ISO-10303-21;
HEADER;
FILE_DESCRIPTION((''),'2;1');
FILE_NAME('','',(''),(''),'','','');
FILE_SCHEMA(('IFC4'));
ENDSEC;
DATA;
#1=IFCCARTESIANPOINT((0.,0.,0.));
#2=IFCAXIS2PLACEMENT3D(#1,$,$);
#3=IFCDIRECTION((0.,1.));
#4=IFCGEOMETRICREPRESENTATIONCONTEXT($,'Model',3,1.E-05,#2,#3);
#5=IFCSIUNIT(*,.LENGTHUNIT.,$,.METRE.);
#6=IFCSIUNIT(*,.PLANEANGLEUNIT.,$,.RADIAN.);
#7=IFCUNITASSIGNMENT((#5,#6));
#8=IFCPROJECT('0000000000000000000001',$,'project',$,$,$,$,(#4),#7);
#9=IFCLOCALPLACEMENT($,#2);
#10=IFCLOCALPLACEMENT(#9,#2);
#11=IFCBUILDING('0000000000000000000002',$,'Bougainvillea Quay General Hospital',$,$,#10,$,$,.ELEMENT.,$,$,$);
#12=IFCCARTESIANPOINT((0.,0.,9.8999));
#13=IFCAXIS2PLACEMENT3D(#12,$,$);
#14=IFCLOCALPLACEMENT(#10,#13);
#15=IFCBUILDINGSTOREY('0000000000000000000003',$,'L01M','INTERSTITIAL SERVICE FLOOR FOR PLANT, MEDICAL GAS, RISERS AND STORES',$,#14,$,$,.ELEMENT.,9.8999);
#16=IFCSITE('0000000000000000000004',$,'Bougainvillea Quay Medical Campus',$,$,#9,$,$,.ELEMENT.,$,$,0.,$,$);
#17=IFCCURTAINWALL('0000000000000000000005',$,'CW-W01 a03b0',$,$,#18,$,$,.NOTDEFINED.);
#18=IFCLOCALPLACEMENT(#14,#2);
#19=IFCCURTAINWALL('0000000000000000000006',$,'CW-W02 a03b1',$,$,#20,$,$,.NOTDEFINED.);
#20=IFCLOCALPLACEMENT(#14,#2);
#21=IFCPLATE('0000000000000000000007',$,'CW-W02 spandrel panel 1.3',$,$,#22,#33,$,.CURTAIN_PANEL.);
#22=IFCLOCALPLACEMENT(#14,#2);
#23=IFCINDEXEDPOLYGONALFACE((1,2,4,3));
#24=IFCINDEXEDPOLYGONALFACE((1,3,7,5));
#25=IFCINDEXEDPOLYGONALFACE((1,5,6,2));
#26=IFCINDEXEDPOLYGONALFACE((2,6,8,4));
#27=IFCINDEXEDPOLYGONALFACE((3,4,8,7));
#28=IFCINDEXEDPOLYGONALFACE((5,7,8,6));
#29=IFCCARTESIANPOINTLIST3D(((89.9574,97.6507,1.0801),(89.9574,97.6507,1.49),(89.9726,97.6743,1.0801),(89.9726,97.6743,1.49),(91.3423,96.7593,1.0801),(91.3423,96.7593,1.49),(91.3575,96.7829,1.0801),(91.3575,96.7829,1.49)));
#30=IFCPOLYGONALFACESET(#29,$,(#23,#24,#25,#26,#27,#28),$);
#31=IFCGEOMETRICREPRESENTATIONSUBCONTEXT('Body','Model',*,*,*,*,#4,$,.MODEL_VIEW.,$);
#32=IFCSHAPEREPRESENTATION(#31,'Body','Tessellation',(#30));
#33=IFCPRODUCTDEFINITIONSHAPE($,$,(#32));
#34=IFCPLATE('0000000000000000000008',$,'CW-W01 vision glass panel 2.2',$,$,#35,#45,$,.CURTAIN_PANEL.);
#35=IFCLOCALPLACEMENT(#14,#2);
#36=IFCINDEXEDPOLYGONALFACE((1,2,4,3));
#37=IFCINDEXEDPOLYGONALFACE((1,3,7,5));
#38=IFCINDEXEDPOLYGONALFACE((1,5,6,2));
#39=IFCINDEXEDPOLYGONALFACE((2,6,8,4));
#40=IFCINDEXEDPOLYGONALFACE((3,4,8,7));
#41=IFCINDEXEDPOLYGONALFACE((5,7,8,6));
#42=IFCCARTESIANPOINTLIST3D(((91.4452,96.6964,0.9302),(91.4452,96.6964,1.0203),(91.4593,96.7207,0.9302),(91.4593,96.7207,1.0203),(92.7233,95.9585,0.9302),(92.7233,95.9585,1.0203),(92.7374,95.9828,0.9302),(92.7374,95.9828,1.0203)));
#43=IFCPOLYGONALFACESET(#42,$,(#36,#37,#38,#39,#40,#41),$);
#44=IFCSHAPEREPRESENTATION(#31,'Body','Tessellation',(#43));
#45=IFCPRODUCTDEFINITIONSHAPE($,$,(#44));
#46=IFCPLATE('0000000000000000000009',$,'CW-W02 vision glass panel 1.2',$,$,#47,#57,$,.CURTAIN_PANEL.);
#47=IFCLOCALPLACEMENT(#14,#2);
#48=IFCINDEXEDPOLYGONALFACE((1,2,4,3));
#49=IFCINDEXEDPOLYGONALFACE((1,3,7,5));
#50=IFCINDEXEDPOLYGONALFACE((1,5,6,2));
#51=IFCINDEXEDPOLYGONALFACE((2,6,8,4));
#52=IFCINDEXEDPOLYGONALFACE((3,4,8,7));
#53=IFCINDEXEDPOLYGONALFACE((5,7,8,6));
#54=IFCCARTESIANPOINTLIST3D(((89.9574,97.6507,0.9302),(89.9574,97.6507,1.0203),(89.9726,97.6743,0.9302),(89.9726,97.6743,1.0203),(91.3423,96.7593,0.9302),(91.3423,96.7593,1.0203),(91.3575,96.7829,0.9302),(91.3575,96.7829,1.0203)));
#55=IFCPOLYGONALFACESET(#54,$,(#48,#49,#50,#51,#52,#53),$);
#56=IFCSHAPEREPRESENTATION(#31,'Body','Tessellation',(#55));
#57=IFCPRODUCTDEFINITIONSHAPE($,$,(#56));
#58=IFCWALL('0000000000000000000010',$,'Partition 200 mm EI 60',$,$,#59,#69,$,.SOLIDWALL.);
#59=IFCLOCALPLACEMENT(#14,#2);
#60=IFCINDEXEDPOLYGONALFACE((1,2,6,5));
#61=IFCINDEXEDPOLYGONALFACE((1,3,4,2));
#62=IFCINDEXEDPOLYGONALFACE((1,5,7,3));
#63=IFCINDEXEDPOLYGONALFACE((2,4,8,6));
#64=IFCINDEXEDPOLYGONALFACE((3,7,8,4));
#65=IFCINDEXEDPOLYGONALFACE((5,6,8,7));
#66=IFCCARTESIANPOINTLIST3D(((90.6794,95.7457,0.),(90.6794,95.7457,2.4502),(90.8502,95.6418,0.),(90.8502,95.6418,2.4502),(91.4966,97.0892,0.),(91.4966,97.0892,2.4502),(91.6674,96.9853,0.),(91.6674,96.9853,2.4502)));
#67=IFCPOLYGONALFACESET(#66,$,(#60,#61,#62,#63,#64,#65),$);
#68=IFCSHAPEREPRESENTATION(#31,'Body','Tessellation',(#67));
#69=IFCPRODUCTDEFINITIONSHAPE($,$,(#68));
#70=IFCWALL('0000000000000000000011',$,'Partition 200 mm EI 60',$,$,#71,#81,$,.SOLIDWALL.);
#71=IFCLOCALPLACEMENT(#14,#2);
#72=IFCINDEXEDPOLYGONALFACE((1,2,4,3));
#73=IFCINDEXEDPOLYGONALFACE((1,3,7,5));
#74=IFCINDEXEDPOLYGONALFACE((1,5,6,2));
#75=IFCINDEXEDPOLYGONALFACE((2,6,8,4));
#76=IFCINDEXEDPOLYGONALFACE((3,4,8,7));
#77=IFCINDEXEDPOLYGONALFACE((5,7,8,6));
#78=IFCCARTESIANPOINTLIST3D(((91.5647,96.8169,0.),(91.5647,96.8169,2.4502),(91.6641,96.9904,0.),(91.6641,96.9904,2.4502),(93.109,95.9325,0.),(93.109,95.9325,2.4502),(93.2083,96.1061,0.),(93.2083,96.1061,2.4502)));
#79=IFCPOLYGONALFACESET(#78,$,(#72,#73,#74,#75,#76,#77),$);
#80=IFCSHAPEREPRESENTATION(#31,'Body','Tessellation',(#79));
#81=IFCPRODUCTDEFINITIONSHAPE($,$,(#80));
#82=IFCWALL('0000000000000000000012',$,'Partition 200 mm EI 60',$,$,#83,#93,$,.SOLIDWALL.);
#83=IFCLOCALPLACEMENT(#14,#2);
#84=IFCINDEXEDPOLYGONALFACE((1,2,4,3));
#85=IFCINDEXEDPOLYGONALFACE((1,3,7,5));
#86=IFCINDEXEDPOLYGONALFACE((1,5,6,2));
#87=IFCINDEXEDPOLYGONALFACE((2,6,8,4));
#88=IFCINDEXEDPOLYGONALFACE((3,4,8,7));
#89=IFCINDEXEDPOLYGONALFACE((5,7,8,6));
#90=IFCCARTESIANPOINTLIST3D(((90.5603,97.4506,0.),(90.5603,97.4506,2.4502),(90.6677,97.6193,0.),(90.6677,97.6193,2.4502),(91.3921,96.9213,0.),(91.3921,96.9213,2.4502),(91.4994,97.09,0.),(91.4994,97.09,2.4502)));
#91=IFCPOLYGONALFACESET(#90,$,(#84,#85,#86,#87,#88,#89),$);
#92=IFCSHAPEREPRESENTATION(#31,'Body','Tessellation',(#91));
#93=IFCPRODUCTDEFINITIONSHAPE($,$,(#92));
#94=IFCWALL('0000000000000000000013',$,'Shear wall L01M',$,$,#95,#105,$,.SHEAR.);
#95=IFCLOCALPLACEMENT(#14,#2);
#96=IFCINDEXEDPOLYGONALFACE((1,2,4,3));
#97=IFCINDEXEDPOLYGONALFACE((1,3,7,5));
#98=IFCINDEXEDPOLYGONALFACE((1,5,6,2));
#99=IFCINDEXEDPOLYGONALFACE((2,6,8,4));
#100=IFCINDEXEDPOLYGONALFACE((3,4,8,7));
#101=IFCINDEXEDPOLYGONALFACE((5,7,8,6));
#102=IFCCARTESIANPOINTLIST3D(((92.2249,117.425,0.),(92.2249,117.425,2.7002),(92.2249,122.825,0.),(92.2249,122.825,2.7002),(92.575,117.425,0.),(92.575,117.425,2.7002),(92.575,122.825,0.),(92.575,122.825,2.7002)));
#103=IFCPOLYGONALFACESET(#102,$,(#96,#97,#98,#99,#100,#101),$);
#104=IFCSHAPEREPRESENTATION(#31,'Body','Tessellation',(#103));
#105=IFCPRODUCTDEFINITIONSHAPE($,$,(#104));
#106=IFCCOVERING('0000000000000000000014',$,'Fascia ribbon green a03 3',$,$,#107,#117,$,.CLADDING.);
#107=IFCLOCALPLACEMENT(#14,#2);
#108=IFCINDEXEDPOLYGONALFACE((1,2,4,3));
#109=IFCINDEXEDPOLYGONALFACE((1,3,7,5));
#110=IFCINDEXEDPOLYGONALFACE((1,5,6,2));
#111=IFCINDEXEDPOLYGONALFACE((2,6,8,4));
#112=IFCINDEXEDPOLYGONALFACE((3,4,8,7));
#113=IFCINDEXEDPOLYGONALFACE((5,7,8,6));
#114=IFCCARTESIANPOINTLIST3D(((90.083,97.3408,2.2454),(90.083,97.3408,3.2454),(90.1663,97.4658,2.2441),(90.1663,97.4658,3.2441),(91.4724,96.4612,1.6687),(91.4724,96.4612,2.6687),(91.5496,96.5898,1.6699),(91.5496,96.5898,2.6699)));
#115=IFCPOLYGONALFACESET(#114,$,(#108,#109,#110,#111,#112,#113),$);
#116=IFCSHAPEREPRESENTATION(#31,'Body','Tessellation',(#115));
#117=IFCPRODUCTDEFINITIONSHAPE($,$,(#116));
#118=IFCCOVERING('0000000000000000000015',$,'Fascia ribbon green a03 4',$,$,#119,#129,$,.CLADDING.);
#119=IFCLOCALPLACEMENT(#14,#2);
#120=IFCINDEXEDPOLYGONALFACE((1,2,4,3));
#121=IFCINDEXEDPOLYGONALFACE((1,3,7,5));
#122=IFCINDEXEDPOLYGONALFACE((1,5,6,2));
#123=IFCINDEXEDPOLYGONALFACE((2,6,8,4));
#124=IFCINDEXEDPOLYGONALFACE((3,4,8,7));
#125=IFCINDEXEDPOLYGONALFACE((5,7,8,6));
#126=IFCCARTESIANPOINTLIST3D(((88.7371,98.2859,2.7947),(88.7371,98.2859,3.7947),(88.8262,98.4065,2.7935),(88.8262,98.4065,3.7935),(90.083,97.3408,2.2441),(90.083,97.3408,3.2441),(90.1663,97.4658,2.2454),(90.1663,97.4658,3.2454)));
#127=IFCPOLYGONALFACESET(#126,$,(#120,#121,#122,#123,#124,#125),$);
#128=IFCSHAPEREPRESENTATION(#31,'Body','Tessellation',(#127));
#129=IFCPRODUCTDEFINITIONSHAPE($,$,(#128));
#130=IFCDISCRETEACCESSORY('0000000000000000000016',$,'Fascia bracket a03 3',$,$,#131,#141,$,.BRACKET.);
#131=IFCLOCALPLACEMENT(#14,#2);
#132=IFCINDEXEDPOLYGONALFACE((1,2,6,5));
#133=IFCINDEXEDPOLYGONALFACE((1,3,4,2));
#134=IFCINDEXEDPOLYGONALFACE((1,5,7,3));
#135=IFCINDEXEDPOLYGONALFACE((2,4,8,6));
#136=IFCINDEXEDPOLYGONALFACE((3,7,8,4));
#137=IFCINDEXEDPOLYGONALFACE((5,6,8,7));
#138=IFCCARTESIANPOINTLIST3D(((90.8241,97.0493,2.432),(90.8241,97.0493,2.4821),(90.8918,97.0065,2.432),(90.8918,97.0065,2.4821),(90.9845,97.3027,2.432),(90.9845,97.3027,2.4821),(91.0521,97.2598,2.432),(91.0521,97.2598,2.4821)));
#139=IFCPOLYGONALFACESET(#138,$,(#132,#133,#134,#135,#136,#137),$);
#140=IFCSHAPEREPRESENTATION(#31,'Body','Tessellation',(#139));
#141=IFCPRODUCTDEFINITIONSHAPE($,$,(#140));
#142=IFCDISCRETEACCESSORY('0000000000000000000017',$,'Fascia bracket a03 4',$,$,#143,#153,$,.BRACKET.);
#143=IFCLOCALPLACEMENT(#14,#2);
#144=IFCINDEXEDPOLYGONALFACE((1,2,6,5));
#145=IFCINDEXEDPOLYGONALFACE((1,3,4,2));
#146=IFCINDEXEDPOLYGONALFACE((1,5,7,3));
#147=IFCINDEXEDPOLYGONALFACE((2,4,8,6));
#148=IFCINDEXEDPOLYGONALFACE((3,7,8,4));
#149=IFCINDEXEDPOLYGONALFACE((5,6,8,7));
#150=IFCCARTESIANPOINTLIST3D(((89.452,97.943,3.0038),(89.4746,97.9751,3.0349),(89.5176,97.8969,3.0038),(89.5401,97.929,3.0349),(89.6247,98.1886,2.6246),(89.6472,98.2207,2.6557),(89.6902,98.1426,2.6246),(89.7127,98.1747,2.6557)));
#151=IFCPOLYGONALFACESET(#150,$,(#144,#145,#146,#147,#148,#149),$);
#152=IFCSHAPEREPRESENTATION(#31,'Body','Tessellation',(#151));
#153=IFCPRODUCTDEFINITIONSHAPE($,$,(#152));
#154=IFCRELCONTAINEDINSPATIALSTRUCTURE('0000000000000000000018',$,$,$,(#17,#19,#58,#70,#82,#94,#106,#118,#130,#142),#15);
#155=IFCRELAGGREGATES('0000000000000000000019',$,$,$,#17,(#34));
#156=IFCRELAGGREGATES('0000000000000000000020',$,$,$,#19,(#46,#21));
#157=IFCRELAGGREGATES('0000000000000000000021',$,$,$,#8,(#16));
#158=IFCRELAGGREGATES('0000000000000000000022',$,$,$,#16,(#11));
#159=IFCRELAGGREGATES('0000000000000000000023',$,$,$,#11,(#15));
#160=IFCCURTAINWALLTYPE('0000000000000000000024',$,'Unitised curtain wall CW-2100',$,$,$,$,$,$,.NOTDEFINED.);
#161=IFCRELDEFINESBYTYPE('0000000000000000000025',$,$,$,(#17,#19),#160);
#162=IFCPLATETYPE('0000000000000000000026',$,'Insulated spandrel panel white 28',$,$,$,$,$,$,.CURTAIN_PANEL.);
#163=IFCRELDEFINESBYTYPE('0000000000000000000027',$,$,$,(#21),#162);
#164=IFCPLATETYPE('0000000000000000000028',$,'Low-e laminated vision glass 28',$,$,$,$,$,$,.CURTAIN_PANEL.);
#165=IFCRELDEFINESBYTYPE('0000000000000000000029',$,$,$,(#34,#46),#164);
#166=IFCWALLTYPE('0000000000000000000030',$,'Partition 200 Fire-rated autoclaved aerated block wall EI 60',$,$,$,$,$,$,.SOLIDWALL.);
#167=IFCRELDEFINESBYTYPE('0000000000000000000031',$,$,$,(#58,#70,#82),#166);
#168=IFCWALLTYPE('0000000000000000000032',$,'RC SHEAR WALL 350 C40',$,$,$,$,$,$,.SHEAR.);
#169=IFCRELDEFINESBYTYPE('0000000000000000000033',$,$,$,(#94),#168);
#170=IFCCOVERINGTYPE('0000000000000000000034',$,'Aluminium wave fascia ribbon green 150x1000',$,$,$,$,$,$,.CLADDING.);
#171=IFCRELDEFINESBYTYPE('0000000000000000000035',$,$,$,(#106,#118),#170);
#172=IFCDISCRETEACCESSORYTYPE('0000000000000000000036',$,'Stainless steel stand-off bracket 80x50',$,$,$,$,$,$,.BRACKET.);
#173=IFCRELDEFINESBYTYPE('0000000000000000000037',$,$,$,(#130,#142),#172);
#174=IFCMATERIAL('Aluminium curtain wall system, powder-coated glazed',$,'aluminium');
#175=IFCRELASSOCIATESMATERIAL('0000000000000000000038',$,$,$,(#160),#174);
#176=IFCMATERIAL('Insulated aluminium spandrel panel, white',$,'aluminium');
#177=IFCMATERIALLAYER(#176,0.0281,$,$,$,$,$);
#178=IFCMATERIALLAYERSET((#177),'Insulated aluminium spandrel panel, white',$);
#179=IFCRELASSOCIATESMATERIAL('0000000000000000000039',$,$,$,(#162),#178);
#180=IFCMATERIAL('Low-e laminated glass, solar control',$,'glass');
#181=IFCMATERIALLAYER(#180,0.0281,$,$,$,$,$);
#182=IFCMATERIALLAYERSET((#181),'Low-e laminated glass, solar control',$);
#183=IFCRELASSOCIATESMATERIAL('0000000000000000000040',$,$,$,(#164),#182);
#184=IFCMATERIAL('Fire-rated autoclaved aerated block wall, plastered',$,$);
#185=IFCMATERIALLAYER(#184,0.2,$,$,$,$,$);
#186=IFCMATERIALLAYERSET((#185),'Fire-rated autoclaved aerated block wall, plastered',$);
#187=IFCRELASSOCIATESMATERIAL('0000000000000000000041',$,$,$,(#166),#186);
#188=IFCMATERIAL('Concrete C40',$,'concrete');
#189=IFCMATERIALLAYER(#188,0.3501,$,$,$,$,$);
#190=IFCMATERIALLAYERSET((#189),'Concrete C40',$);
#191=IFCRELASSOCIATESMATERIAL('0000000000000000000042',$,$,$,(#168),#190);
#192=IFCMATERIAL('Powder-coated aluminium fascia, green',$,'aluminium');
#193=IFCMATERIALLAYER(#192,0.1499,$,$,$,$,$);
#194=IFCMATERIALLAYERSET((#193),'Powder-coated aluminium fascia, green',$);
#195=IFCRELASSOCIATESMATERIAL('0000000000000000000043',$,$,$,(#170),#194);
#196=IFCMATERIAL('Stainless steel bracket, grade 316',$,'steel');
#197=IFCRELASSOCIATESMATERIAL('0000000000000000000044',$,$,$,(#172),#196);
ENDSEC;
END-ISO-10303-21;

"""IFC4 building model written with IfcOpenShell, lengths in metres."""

from ifc_helpers import new_model, si_unit, direction, frame, frame_2d, origin, origin_2d, place, context, subcontext, project, spatial, polyline, rectangle, outline, extrude, material, layer, layer_set, material_profile, profile_set, type_object, element, aggregate, save


model = new_model("IFC4")

# Units and contexts
model_context = context("Model", 3, precision=1e-05, world=origin(), true_north=direction((0.0, 1.0)))
body_context = subcontext(model_context, "Body", "Model", "MODEL_VIEW")
ifc_project = project(units=[si_unit("LENGTHUNIT", "METRE"), si_unit("PLANEANGLEUNIT", "RADIAN")], contexts=[model_context])

# Site, building, storey
site_placement = place(None, origin())
site = spatial("IfcSite", under=ifc_project, at=site_placement, Name="Bougainvillea Quay Medical Campus", CompositionType="ELEMENT", RefElevation=0.0)
building_placement = place(site_placement, origin())
building = spatial("IfcBuilding", under=site, at=building_placement, Name="Bougainvillea Quay General Hospital", CompositionType="ELEMENT")
storey_placement = place(building_placement, frame((0.0, 0.0, 9.8999)))
storey = spatial("IfcBuildingStorey", under=building, at=storey_placement, Name="L01M", Description="INTERSTITIAL SERVICE FLOOR FOR PLANT, MEDICAL GAS, RISERS AND STORES", CompositionType="ELEMENT", Elevation=9.8999)

# Curtain wall
ifc_material_1 = material(Name="Aluminium curtain wall system, powder-coated glazed", Category="aluminium")
curtain_wall_type = type_object("IfcCurtainWallType", Name="Unitised curtain wall CW-2100", PredefinedType="NOTDEFINED", material=ifc_material_1)
curtain_wall_1_placement = place(storey_placement, origin())
curtain_wall_1 = element("IfcCurtainWall", 1, at=curtain_wall_1_placement, inside=storey, type_object=curtain_wall_type, Name="CW-W01 a03b0", PredefinedType="NOTDEFINED")

# Curtain wall
curtain_wall_2_placement = place(storey_placement, origin())
curtain_wall_2 = element("IfcCurtainWall", 2, at=curtain_wall_2_placement, inside=storey, type_object=curtain_wall_type, Name="CW-W02 a03b1", PredefinedType="NOTDEFINED")

# Plates
ifc_material_2 = material(Name="Insulated aluminium spandrel panel, white", Category="aluminium")
ifc_layer_1 = layer(ifc_material_2, 0.0281)
ifc_layer_set_1 = layer_set([ifc_layer_1], Name="Insulated aluminium spandrel panel, white")
plate_type_1 = type_object("IfcPlateType", Name="Insulated spandrel panel white 28", PredefinedType="CURTAIN_PANEL", material=ifc_layer_set_1)
plate_1_placement = place(storey_placement, frame((90.6575, 97.2168, 1.0801), z_axis=(0.0, 0.0, 1.0), x_axis=(-0.840897, 0.541195, 0.0)))
plate_1 = element("IfcPlate", 3, at=plate_1_placement, type_object=plate_type_1, Name="CW-W02 spandrel panel 1.3", PredefinedType="CURTAIN_PANEL", context=body_context, shape_type="SweptSolid", body=[
    extrude(rectangle(XDim=1.647, YDim=0.0281, at=origin_2d()), origin(), (0.0, 0.0, 1.0), 0.4099),
])
ifc_material_3 = material(Name="Low-e laminated glass, solar control", Category="glass")
ifc_layer_2 = layer(ifc_material_3, 0.0281)
ifc_layer_set_2 = layer_set([ifc_layer_2], Name="Low-e laminated glass, solar control")
plate_type_2 = type_object("IfcPlateType", Name="Low-e laminated vision glass 28", PredefinedType="CURTAIN_PANEL", material=ifc_layer_set_2)
plate_2_placement = place(storey_placement, frame((92.0913, 96.3396, 0.9302), z_axis=(0.0, 0.0, 1.0), x_axis=(-0.866007, 0.500031, 0.0)))
plate_2 = element("IfcPlate", 4, at=plate_2_placement, type_object=plate_type_2, Name="CW-W01 vision glass panel 2.2", PredefinedType="CURTAIN_PANEL", context=body_context, shape_type="SweptSolid", body=[
    extrude(rectangle(XDim=1.4758, YDim=0.0281, at=origin_2d()), origin(), (0.0, 0.0, 1.0), 0.0901),
])
aggregate(curtain_wall_1, [plate_2])
plate_3_placement = place(storey_placement, frame((90.6575, 97.2168, 0.9302), z_axis=(0.0, 0.0, 1.0), x_axis=(-0.840897, 0.541195, 0.0)))
plate_3 = element("IfcPlate", 5, at=plate_3_placement, type_object=plate_type_2, Name="CW-W02 vision glass panel 1.2", PredefinedType="CURTAIN_PANEL", context=body_context, shape_type="SweptSolid", body=[
    extrude(rectangle(XDim=1.647, YDim=0.0281, at=origin_2d()), origin(), (0.0, 0.0, 1.0), 0.0901),
])
aggregate(curtain_wall_2, [plate_3, plate_1])

# Walls
ifc_material_4 = material(Name="Fire-rated autoclaved aerated block wall, plastered")
ifc_layer_3 = layer(ifc_material_4, 0.2)
ifc_layer_set_3 = layer_set([ifc_layer_3], Name="Fire-rated autoclaved aerated block wall, plastered")
wall_type_1 = type_object("IfcWallType", Name="Partition 200 Fire-rated autoclaved aerated block wall EI 60", PredefinedType="SOLIDWALL", material=ifc_layer_set_3)
wall_1_placement = place(storey_placement, frame((90.7649, 95.6938, 0.0), z_axis=(0.0, 0.0, 1.0), x_axis=(0.519646, 0.854381, 0.0)))
element("IfcWall", 6, at=wall_1_placement, inside=storey, type_object=wall_type_1, Name="Partition 200 mm EI 60", PredefinedType="SOLIDWALL", context=body_context, shape_type="SweptSolid", body=[
    extrude(rectangle(XDim=1.5725, YDim=0.2, at=frame_2d((0.7861, 0.0))), origin(), (0.0, 0.0, 1.0), 2.4502),
])
wall_2_placement = place(storey_placement, frame((91.6145, 96.9036, 0.0), z_axis=(0.0, 0.0, 1.0), x_axis=(0.867787, -0.496937, 0.0)))
element("IfcWall", 7, at=wall_2_placement, inside=storey, type_object=wall_type_1, Name="Partition 200 mm EI 60", PredefinedType="SOLIDWALL", context=body_context, shape_type="SweptSolid", body=[
    extrude(rectangle(XDim=1.7795, YDim=0.2, at=frame_2d((0.8896, 0.0))), origin(), (0.0, 0.0, 1.0), 2.4502),
])
wall_3_placement = place(storey_placement, frame((90.614, 97.5349, 0.0), z_axis=(0.0, 0.0, 1.0), x_axis=(0.843672, -0.536859, 0.0)))
element("IfcWall", 8, at=wall_3_placement, inside=storey, type_object=wall_type_1, Name="Partition 200 mm EI 60", PredefinedType="SOLIDWALL", context=body_context, shape_type="SweptSolid", body=[
    extrude(rectangle(XDim=0.9858, YDim=0.2, at=frame_2d((0.4929, 0.0))), origin(), (0.0, 0.0, 1.0), 2.4502),
])
ifc_material_5 = material(Name="Concrete C40", Category="concrete")
ifc_layer_4 = layer(ifc_material_5, 0.3501)
ifc_layer_set_4 = layer_set([ifc_layer_4], Name="Concrete C40")
wall_type_2 = type_object("IfcWallType", Name="RC SHEAR WALL 350 C40", PredefinedType="SHEAR", material=ifc_layer_set_4)
wall_4_placement = place(storey_placement, frame((92.3999, 117.425, 0.0), z_axis=(0.0, 0.0, 1.0), x_axis=(0.0, 1.0, 0.0)))
element("IfcWall", 9, at=wall_4_placement, inside=storey, type_object=wall_type_2, Name="Shear wall L01M", PredefinedType="SHEAR", context=body_context, shape_type="SweptSolid", body=[
    extrude(rectangle(XDim=5.3999, YDim=0.3501, at=frame_2d((2.7, 0.0))), origin(), (0.0, 0.0, 1.0), 2.7002),
])

# Coverings
ifc_material_6 = material(Name="Powder-coated aluminium fascia, green", Category="aluminium")
ifc_layer_5 = layer(ifc_material_6, 0.1499)
ifc_layer_set_5 = layer_set([ifc_layer_5], Name="Powder-coated aluminium fascia, green")
covering_type = type_object("IfcCoveringType", Name="Aluminium wave fascia ribbon green 150x1000", PredefinedType="CLADDING", material=ifc_layer_set_5)
covering_1_placement = place(storey_placement, frame((91.5496, 96.5898, 1.6699), z_axis=(0.2797, -0.176865, 0.943656), x_axis=(-0.797248, 0.504858, 0.330928)))
element("IfcCovering", 10, at=covering_1_placement, inside=storey, type_object=covering_type, Name="Fascia ribbon green a03 3", PredefinedType="CLADDING", context=body_context, shape_type="SweptSolid", body=[
    extrude(outline(polyline([(0.0, 0.0), (1.7351, 0.0), (1.7388, 0.1501), (-0.0039, 0.15), (0.0, 0.0)])), origin(), (0.330928, 0.000203, 0.943656), 1.0),
])
covering_2_placement = place(storey_placement, frame((90.1663, 97.4658, 2.2454), z_axis=(0.25984, -0.182353, 0.948278), x_axis=(-0.776148, 0.544817, 0.317442)))
element("IfcCovering", 11, at=covering_2_placement, inside=storey, type_object=covering_type, Name="Fascia ribbon green a03 4", PredefinedType="CLADDING", context=body_context, shape_type="SweptSolid", body=[
    extrude(outline(polyline([(0.0, 0.0), (1.7266, 0.0), (1.7304, 0.1499), (-0.0039, 0.1501), (0.0, 0.0)])), origin(), (0.317442, 0.000032, 0.948278), 1.0),
])

# Discrete accessories
ifc_material_7 = material(Name="Stainless steel bracket, grade 316", Category="steel")
ifc_material_profile_1 = material_profile(ifc_material_7, rectangle(XDim=0.0801, YDim=0.05, at=origin_2d()))
ifc_profile_set_1 = profile_set([ifc_material_profile_1], Name="Stainless steel bracket, grade 316")
discrete_accessory_type = type_object("IfcDiscreteAccessoryType", Name="Stainless steel stand-off bracket 80x50", PredefinedType="BRACKET", material=ifc_profile_set_1)
discrete_accessory_1_placement = place(storey_placement, frame((91.0183, 97.2812, 2.457), z_axis=(-0.53482, -0.844966, 0.0), x_axis=(0.844966, -0.53482, 0.0)))
element("IfcDiscreteAccessory", 12, at=discrete_accessory_1_placement, inside=storey, type_object=discrete_accessory_type, Name="Fascia bracket a03 3", PredefinedType="BRACKET", context=body_context, shape_type="SweptSolid", body=[
    extrude(rectangle(XDim=0.0801, YDim=0.05, at=origin_2d()), origin(), (0.0, 0.0, 1.0), 0.2998),
])
discrete_accessory_2_placement = place(storey_placement, frame((89.6687, 98.1816, 2.6401), z_axis=(-0.356921, -0.507867, 0.784014), x_axis=(0.818161, -0.57499, 0.0)))
element("IfcDiscreteAccessory", 13, at=discrete_accessory_2_placement, inside=storey, type_object=discrete_accessory_type, Name="Fascia bracket a03 4", PredefinedType="BRACKET", context=body_context, shape_type="SweptSolid", body=[
    extrude(rectangle(XDim=0.0801, YDim=0.05, at=origin_2d()), origin(), (0.0, 0.0, 1.0), 0.4836),
])

save(model, "model.ifc")
